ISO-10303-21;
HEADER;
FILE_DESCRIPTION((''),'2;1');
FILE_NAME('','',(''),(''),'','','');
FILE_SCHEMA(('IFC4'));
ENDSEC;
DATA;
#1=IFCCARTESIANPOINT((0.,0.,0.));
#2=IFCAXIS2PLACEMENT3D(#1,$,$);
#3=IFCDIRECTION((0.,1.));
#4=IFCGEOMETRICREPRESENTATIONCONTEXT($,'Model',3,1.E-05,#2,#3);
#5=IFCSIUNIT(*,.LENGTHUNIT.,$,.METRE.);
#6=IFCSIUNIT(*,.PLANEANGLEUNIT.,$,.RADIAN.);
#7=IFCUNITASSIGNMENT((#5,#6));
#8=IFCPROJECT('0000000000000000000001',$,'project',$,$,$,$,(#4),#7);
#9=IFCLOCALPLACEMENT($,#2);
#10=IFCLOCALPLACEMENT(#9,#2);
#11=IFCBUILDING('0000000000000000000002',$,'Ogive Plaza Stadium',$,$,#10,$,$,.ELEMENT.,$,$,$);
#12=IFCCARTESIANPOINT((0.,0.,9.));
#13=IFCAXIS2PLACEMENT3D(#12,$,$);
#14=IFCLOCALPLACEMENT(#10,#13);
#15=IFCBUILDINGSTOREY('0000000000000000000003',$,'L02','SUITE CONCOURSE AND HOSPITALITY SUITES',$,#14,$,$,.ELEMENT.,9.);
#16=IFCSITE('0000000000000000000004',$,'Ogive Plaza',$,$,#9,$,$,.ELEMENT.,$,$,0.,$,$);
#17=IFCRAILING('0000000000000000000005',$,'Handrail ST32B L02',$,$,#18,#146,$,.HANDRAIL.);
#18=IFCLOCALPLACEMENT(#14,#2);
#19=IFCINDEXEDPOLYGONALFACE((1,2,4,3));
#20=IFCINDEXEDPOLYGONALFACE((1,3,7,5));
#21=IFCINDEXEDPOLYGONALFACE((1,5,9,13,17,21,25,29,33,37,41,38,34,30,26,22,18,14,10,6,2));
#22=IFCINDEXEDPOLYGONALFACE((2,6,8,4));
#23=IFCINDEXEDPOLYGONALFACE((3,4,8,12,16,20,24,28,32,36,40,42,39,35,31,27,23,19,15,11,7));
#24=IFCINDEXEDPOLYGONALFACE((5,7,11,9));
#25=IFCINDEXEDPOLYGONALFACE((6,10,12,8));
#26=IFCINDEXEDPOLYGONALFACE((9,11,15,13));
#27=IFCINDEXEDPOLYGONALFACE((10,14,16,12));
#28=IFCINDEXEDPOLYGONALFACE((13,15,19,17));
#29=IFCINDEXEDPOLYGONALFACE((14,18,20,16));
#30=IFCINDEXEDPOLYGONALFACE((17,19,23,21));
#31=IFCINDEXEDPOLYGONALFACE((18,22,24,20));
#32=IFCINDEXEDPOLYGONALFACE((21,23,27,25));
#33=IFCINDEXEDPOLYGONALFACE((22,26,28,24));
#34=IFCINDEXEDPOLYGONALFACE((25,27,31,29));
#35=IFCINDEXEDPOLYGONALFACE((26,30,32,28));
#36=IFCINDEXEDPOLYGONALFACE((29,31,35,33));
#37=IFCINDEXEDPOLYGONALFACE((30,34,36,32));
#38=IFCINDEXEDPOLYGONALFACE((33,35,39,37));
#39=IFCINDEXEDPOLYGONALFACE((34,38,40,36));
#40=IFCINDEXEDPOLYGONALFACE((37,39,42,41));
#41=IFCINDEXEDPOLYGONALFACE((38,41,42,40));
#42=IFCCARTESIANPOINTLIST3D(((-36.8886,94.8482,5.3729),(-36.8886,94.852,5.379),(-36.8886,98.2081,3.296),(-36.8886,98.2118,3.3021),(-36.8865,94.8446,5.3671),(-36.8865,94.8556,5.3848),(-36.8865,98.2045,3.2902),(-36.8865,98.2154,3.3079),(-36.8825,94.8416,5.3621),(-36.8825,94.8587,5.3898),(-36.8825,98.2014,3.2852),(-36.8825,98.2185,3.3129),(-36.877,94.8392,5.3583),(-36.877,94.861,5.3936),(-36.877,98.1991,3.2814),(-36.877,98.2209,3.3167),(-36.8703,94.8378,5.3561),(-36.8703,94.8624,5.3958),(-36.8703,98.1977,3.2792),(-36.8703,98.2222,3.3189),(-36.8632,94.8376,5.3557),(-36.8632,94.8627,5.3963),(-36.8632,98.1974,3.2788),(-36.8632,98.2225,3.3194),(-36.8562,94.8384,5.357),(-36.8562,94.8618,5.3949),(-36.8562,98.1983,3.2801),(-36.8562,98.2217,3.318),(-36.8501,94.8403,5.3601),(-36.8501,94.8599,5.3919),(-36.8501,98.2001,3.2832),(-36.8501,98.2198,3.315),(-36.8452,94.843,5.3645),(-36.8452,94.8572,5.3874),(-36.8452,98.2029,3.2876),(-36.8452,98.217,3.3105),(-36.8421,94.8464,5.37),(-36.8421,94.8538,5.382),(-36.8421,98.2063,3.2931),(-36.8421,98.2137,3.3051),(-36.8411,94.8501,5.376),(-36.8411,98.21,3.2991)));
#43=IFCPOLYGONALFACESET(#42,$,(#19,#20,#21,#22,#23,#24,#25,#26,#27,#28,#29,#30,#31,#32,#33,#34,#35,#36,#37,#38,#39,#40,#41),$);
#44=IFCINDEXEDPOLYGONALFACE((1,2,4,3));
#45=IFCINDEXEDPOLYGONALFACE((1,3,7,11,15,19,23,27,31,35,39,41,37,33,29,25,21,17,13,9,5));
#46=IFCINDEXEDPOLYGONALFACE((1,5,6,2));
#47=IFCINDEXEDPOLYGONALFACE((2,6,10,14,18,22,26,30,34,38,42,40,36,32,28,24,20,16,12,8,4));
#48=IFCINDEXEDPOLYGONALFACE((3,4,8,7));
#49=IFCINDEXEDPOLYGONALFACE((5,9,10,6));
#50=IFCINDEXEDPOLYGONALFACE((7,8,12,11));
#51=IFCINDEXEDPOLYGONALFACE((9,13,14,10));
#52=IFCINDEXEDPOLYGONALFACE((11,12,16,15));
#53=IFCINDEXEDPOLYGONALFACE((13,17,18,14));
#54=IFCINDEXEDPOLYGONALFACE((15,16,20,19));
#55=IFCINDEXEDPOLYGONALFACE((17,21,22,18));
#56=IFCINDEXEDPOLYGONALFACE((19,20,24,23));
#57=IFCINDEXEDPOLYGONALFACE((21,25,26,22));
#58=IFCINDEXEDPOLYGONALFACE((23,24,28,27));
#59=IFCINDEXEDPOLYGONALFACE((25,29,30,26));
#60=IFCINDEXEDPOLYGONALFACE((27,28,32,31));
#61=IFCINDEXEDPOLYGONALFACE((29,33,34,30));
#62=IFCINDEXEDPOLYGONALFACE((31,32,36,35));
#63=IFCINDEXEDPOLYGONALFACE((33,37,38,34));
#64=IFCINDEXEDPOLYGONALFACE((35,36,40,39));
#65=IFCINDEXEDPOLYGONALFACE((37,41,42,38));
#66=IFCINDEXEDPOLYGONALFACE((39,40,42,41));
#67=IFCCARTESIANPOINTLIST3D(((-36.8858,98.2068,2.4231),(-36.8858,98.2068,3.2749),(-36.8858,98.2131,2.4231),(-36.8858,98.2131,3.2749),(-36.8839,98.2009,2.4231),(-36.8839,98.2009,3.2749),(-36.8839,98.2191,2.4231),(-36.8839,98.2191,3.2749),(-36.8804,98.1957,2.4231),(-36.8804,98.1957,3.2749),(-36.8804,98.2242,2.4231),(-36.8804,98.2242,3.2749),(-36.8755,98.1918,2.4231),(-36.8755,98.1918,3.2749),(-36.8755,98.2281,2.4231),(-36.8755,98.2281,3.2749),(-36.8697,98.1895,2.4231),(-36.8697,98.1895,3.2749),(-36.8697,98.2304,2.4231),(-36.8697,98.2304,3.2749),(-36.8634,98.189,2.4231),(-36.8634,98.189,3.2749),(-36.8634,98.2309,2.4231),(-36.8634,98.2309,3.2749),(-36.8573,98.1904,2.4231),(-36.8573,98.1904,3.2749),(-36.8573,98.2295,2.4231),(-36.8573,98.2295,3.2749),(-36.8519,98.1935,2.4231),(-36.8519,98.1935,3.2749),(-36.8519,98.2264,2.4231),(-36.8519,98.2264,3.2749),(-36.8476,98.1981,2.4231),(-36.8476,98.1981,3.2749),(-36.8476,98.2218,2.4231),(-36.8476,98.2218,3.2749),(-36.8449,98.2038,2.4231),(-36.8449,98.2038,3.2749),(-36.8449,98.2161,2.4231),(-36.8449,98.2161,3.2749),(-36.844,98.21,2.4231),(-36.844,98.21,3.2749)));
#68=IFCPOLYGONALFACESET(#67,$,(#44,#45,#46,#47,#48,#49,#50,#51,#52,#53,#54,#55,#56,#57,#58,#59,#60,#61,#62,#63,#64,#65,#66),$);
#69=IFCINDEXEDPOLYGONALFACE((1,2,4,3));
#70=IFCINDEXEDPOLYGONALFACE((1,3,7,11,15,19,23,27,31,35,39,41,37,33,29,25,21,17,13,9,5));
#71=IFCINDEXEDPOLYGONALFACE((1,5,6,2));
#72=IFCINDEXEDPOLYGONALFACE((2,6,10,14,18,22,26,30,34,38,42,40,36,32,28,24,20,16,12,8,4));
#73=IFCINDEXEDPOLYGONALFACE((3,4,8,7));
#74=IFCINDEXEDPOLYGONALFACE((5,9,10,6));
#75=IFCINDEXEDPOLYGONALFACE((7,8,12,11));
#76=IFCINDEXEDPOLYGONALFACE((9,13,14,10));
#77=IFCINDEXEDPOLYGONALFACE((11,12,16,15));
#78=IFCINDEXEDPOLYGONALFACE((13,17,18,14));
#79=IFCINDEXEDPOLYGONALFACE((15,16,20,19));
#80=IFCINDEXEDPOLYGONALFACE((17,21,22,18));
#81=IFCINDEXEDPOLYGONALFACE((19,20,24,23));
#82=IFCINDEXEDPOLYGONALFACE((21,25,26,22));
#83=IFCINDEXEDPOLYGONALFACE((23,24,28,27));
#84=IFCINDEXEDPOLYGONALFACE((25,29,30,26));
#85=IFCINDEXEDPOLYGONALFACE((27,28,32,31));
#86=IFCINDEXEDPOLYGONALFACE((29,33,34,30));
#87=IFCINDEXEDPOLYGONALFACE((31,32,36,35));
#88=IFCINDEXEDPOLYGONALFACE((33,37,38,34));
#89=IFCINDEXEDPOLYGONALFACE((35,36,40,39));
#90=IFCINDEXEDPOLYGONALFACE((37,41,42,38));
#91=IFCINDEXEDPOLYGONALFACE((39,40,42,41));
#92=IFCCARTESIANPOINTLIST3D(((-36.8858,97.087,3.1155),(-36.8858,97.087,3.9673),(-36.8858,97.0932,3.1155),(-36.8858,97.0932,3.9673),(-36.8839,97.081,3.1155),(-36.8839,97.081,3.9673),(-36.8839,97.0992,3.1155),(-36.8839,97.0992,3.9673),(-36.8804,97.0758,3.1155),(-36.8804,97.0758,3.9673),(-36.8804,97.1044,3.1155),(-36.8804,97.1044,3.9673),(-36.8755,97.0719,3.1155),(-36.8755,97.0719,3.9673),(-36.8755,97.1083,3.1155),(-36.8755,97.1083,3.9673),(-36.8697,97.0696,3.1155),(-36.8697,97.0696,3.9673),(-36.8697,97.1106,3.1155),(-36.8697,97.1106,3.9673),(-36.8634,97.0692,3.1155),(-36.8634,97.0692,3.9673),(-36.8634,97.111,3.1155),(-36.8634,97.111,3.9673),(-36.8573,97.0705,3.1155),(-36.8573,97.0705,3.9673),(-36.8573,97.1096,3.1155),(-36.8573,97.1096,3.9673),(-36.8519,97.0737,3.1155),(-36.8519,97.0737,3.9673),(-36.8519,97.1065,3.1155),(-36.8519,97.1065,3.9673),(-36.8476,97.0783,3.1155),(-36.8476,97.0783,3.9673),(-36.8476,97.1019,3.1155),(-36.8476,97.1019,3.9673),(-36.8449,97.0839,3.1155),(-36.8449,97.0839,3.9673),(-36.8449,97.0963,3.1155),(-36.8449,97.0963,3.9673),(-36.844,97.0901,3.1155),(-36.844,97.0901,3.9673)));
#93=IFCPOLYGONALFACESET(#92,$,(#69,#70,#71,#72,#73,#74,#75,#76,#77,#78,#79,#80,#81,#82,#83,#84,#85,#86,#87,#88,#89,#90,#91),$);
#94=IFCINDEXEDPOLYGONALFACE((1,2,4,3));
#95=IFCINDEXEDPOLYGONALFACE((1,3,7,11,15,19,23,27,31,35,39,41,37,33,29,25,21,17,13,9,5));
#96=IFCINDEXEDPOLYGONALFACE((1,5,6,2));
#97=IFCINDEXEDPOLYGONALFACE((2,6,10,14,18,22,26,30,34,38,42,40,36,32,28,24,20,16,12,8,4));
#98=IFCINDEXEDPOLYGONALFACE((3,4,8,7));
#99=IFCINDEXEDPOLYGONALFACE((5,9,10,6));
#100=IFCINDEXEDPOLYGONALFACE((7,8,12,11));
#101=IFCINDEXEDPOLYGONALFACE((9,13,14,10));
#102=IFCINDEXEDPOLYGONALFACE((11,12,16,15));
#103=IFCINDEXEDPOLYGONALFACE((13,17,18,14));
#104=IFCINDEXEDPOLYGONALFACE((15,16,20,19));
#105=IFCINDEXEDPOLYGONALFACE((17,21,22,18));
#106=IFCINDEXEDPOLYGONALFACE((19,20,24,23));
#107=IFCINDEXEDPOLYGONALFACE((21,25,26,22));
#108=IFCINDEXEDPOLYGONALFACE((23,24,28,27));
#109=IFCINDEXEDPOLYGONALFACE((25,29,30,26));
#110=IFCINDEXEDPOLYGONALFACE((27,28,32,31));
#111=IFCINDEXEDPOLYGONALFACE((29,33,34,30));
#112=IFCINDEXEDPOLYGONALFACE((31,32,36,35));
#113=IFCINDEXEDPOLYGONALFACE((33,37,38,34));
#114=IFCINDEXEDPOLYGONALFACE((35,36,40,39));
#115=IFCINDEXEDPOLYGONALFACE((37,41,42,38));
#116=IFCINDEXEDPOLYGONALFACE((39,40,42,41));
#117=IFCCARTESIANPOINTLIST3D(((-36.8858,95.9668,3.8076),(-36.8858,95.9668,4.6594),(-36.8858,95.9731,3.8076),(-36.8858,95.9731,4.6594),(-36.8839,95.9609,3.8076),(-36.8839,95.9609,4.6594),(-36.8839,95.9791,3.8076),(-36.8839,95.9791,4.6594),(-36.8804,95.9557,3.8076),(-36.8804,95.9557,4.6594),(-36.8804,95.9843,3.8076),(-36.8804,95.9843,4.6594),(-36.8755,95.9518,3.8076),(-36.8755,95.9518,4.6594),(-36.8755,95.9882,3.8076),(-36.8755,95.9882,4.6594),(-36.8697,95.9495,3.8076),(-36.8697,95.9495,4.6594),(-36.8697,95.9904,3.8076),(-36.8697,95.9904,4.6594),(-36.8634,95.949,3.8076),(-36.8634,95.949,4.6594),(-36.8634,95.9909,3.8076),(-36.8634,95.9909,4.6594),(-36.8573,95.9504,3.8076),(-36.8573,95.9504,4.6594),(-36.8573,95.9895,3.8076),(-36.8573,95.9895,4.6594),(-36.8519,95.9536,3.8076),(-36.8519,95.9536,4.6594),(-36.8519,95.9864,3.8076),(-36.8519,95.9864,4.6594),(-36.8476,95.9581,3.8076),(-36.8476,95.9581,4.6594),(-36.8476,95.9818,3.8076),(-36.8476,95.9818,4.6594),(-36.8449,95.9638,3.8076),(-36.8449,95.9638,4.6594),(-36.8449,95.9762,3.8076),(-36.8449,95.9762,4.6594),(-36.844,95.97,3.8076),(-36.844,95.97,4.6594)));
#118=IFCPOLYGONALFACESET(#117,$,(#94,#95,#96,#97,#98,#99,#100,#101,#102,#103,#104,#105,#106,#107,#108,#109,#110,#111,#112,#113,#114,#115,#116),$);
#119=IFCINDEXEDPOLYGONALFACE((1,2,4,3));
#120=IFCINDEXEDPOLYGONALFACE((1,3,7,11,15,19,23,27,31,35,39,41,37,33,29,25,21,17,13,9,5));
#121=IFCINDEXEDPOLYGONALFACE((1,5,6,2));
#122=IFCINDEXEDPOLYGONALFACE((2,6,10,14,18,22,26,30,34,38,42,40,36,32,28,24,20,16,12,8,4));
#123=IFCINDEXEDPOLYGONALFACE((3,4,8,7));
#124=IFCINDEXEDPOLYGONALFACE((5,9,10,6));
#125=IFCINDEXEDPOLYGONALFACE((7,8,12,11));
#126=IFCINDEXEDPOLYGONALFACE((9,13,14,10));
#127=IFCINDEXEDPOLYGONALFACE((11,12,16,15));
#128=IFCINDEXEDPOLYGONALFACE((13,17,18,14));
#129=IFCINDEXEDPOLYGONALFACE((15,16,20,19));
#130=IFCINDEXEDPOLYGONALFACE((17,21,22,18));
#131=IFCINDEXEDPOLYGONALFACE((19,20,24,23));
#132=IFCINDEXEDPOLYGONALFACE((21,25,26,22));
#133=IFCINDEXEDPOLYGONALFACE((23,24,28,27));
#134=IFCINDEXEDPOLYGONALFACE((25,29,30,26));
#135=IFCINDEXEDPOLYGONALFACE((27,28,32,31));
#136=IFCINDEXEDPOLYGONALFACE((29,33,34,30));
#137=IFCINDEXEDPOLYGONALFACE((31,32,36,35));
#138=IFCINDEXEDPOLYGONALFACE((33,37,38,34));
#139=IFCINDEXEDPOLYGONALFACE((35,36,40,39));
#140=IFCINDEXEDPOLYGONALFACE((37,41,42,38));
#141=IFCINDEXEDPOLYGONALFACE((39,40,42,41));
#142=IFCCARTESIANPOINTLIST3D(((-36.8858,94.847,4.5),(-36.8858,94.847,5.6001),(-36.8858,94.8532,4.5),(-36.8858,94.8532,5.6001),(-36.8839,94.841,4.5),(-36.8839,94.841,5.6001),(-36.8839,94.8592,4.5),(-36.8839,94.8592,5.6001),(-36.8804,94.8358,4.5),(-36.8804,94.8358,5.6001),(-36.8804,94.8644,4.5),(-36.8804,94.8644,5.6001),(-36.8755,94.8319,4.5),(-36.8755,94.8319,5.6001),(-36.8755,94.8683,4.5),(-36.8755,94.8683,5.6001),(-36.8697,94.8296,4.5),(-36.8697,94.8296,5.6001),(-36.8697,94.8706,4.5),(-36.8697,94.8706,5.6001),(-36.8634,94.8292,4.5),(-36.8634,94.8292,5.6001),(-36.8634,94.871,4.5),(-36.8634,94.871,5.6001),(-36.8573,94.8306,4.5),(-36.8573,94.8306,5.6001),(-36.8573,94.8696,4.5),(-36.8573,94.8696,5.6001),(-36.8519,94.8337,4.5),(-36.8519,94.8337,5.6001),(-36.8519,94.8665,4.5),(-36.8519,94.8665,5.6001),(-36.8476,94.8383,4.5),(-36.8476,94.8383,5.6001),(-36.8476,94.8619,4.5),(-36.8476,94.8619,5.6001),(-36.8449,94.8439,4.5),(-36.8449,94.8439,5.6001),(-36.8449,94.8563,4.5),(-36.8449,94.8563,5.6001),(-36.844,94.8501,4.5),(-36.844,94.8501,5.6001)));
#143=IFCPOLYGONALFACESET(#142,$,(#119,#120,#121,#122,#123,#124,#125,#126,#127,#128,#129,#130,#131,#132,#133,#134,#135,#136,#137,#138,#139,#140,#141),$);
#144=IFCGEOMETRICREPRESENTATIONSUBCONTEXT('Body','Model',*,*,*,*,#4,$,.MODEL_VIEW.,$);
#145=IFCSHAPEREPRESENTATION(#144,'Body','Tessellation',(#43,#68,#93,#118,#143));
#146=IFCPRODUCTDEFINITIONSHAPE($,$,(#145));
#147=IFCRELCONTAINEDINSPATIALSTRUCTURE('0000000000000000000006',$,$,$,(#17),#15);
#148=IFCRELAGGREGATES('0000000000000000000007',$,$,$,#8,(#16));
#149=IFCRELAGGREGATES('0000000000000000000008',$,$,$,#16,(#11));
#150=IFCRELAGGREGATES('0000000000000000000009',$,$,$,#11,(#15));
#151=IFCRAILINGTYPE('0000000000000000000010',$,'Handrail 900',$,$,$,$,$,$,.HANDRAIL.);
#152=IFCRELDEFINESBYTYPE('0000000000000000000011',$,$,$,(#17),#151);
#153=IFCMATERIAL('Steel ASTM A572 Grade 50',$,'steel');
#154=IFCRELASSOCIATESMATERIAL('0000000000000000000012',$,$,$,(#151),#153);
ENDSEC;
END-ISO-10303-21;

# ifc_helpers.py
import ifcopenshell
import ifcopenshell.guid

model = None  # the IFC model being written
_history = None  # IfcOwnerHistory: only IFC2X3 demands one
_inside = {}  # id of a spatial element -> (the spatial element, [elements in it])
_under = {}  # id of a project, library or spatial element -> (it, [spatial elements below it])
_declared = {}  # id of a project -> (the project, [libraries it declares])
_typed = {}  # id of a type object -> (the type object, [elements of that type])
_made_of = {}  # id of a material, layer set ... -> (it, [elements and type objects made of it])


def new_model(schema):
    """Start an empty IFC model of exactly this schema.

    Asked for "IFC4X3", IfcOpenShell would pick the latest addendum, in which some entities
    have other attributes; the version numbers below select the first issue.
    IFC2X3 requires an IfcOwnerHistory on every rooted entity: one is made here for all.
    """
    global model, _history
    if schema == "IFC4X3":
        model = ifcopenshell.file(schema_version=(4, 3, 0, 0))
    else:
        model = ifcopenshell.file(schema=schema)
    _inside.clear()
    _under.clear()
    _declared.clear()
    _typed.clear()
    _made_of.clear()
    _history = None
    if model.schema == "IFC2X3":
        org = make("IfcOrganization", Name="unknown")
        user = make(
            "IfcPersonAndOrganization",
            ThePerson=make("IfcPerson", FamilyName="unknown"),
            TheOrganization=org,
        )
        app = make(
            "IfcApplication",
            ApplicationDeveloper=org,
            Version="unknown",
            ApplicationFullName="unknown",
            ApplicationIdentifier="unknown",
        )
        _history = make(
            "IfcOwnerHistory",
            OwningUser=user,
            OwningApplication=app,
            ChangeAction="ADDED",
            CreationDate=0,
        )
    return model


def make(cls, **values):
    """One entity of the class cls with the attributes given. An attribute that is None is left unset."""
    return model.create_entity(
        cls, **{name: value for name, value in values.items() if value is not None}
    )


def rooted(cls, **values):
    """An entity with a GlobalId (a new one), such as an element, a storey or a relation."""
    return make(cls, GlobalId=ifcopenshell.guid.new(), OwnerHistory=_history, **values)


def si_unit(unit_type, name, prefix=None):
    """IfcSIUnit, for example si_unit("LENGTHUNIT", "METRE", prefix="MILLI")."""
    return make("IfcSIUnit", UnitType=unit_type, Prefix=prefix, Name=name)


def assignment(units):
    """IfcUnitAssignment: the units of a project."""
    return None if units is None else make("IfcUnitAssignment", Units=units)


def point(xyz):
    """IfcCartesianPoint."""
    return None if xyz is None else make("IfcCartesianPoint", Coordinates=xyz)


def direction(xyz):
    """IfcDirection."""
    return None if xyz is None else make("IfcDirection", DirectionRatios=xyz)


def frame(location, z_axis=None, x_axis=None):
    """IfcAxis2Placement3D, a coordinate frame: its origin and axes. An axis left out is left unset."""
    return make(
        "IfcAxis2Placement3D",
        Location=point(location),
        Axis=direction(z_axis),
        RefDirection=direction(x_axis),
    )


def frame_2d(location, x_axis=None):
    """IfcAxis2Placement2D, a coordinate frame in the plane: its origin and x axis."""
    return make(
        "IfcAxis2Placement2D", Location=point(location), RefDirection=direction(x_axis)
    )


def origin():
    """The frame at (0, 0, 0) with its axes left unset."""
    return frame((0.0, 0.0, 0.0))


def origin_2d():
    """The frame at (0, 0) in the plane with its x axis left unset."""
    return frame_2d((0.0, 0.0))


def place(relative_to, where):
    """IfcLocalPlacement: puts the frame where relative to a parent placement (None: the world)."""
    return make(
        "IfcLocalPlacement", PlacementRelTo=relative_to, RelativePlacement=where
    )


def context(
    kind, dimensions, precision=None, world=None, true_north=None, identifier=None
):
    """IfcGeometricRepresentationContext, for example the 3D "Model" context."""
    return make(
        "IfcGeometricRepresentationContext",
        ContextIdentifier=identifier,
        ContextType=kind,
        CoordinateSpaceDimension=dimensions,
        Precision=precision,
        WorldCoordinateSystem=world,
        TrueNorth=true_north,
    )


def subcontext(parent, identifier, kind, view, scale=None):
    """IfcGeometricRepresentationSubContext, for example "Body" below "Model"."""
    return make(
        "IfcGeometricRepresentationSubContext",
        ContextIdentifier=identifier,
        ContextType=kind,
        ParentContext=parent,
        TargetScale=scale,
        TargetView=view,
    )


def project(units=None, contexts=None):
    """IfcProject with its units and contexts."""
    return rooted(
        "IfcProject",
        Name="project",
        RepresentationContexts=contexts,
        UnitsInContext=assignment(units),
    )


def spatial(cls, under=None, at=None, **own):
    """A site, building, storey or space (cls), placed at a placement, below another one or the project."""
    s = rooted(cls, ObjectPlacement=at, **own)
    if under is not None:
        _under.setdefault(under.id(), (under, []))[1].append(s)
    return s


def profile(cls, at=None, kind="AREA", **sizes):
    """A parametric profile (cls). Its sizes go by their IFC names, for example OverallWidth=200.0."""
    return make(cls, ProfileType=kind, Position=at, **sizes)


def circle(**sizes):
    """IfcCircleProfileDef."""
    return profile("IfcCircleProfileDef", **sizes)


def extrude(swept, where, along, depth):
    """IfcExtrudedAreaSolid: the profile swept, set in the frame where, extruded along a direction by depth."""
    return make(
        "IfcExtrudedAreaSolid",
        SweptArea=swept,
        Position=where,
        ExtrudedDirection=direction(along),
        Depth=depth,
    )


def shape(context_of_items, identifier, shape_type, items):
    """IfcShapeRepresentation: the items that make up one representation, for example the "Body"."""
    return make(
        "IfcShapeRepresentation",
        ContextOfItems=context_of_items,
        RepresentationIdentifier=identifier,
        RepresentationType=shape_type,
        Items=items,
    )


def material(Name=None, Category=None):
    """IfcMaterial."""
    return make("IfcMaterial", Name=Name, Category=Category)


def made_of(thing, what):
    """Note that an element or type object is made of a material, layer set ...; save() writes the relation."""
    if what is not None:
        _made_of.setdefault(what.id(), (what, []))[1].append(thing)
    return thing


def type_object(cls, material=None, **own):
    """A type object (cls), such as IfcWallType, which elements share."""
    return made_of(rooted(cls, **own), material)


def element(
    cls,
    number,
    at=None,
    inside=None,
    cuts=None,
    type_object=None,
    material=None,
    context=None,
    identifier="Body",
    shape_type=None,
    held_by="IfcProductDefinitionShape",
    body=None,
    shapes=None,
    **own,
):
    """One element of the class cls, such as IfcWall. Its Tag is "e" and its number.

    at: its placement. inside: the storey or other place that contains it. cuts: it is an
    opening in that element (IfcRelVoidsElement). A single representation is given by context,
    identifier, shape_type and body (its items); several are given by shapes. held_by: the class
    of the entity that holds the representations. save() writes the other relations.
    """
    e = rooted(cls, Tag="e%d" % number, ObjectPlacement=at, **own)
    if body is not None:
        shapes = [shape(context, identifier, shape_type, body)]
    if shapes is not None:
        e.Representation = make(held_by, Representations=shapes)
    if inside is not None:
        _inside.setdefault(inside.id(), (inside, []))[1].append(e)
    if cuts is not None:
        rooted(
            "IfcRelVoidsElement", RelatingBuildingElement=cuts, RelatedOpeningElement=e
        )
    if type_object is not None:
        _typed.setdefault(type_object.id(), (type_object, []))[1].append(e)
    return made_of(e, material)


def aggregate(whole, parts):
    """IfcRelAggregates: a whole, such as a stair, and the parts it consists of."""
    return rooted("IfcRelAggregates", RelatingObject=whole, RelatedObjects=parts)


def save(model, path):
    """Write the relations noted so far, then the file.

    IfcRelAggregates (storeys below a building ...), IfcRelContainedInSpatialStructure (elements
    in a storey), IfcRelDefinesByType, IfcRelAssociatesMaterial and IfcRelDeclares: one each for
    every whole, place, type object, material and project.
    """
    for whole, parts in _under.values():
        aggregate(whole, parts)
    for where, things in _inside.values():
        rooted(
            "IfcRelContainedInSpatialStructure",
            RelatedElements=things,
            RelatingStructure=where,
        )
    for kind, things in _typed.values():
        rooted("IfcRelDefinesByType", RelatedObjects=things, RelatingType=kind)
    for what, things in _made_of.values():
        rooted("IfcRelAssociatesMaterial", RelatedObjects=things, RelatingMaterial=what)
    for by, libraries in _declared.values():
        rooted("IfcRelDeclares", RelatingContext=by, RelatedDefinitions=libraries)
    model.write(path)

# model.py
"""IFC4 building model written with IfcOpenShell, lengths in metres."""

from ifc_helpers import new_model, si_unit, direction, frame, origin, origin_2d, place, context, subcontext, project, spatial, circle, extrude, material, type_object, element, save


model = new_model("IFC4")

# Units and contexts
model_context = context("Model", 3, precision=1e-05, world=origin(), true_north=direction((0.0, 1.0)))
body_context = subcontext(model_context, "Body", "Model", "MODEL_VIEW")
ifc_project = project(units=[si_unit("LENGTHUNIT", "METRE"), si_unit("PLANEANGLEUNIT", "RADIAN")], contexts=[model_context])

# Site, building, storey
site_placement = place(None, origin())
site = spatial("IfcSite", under=ifc_project, at=site_placement, Name="Ogive Plaza", CompositionType="ELEMENT", RefElevation=0.0)
building_placement = place(site_placement, origin())
building = spatial("IfcBuilding", under=site, at=building_placement, Name="Ogive Plaza Stadium", CompositionType="ELEMENT")
storey_placement = place(building_placement, frame((0.0, 0.0, 9.0)))
storey = spatial("IfcBuildingStorey", under=building, at=storey_placement, Name="L02", Description="SUITE CONCOURSE AND HOSPITALITY SUITES", CompositionType="ELEMENT", Elevation=9.0)

# Railing
ifc_material_1 = material(Name="Steel ASTM A572 Grade 50", Category="steel")
railing_type_1 = type_object("IfcRailingType", Name="Handrail 900", PredefinedType="HANDRAIL", material=ifc_material_1)
for number, where, name in (
    (1, (-36.865, 98.21, 2.4231), "Handrail ST32B L02"),
):
    element("IfcRailing", number, at=place(storey_placement, frame(where)), inside=storey, type_object=railing_type_1, Name=name, PredefinedType="HANDRAIL", context=body_context, shape_type="SweptSolid", body=[
        extrude(circle(Radius=0.0239, at=origin_2d()), frame((0.0, 0.0, 0.876), z_axis=(0.0, -0.850606, 0.525803), x_axis=(1.0, 0.0, 0.0)), (0.0, 0.0, 1.0), 3.95),
        extrude(circle(Radius=0.021, at=origin_2d()), origin(), (0.0, 0.0, 1.0), 0.8518),
        extrude(circle(Radius=0.021, at=origin_2d()), frame((0.0, -1.1199, 0.6924)), (0.0, 0.0, 1.0), 0.8518),
        extrude(circle(Radius=0.021, at=origin_2d()), frame((0.0, -2.24, 1.3845)), (0.0, 0.0, 1.0), 0.8518),
        extrude(circle(Radius=0.021, at=origin_2d()), frame((0.0, -3.3599, 2.0769)), (0.0, 0.0, 1.0), 1.1001),
    ])

save(model, "model.ifc")
